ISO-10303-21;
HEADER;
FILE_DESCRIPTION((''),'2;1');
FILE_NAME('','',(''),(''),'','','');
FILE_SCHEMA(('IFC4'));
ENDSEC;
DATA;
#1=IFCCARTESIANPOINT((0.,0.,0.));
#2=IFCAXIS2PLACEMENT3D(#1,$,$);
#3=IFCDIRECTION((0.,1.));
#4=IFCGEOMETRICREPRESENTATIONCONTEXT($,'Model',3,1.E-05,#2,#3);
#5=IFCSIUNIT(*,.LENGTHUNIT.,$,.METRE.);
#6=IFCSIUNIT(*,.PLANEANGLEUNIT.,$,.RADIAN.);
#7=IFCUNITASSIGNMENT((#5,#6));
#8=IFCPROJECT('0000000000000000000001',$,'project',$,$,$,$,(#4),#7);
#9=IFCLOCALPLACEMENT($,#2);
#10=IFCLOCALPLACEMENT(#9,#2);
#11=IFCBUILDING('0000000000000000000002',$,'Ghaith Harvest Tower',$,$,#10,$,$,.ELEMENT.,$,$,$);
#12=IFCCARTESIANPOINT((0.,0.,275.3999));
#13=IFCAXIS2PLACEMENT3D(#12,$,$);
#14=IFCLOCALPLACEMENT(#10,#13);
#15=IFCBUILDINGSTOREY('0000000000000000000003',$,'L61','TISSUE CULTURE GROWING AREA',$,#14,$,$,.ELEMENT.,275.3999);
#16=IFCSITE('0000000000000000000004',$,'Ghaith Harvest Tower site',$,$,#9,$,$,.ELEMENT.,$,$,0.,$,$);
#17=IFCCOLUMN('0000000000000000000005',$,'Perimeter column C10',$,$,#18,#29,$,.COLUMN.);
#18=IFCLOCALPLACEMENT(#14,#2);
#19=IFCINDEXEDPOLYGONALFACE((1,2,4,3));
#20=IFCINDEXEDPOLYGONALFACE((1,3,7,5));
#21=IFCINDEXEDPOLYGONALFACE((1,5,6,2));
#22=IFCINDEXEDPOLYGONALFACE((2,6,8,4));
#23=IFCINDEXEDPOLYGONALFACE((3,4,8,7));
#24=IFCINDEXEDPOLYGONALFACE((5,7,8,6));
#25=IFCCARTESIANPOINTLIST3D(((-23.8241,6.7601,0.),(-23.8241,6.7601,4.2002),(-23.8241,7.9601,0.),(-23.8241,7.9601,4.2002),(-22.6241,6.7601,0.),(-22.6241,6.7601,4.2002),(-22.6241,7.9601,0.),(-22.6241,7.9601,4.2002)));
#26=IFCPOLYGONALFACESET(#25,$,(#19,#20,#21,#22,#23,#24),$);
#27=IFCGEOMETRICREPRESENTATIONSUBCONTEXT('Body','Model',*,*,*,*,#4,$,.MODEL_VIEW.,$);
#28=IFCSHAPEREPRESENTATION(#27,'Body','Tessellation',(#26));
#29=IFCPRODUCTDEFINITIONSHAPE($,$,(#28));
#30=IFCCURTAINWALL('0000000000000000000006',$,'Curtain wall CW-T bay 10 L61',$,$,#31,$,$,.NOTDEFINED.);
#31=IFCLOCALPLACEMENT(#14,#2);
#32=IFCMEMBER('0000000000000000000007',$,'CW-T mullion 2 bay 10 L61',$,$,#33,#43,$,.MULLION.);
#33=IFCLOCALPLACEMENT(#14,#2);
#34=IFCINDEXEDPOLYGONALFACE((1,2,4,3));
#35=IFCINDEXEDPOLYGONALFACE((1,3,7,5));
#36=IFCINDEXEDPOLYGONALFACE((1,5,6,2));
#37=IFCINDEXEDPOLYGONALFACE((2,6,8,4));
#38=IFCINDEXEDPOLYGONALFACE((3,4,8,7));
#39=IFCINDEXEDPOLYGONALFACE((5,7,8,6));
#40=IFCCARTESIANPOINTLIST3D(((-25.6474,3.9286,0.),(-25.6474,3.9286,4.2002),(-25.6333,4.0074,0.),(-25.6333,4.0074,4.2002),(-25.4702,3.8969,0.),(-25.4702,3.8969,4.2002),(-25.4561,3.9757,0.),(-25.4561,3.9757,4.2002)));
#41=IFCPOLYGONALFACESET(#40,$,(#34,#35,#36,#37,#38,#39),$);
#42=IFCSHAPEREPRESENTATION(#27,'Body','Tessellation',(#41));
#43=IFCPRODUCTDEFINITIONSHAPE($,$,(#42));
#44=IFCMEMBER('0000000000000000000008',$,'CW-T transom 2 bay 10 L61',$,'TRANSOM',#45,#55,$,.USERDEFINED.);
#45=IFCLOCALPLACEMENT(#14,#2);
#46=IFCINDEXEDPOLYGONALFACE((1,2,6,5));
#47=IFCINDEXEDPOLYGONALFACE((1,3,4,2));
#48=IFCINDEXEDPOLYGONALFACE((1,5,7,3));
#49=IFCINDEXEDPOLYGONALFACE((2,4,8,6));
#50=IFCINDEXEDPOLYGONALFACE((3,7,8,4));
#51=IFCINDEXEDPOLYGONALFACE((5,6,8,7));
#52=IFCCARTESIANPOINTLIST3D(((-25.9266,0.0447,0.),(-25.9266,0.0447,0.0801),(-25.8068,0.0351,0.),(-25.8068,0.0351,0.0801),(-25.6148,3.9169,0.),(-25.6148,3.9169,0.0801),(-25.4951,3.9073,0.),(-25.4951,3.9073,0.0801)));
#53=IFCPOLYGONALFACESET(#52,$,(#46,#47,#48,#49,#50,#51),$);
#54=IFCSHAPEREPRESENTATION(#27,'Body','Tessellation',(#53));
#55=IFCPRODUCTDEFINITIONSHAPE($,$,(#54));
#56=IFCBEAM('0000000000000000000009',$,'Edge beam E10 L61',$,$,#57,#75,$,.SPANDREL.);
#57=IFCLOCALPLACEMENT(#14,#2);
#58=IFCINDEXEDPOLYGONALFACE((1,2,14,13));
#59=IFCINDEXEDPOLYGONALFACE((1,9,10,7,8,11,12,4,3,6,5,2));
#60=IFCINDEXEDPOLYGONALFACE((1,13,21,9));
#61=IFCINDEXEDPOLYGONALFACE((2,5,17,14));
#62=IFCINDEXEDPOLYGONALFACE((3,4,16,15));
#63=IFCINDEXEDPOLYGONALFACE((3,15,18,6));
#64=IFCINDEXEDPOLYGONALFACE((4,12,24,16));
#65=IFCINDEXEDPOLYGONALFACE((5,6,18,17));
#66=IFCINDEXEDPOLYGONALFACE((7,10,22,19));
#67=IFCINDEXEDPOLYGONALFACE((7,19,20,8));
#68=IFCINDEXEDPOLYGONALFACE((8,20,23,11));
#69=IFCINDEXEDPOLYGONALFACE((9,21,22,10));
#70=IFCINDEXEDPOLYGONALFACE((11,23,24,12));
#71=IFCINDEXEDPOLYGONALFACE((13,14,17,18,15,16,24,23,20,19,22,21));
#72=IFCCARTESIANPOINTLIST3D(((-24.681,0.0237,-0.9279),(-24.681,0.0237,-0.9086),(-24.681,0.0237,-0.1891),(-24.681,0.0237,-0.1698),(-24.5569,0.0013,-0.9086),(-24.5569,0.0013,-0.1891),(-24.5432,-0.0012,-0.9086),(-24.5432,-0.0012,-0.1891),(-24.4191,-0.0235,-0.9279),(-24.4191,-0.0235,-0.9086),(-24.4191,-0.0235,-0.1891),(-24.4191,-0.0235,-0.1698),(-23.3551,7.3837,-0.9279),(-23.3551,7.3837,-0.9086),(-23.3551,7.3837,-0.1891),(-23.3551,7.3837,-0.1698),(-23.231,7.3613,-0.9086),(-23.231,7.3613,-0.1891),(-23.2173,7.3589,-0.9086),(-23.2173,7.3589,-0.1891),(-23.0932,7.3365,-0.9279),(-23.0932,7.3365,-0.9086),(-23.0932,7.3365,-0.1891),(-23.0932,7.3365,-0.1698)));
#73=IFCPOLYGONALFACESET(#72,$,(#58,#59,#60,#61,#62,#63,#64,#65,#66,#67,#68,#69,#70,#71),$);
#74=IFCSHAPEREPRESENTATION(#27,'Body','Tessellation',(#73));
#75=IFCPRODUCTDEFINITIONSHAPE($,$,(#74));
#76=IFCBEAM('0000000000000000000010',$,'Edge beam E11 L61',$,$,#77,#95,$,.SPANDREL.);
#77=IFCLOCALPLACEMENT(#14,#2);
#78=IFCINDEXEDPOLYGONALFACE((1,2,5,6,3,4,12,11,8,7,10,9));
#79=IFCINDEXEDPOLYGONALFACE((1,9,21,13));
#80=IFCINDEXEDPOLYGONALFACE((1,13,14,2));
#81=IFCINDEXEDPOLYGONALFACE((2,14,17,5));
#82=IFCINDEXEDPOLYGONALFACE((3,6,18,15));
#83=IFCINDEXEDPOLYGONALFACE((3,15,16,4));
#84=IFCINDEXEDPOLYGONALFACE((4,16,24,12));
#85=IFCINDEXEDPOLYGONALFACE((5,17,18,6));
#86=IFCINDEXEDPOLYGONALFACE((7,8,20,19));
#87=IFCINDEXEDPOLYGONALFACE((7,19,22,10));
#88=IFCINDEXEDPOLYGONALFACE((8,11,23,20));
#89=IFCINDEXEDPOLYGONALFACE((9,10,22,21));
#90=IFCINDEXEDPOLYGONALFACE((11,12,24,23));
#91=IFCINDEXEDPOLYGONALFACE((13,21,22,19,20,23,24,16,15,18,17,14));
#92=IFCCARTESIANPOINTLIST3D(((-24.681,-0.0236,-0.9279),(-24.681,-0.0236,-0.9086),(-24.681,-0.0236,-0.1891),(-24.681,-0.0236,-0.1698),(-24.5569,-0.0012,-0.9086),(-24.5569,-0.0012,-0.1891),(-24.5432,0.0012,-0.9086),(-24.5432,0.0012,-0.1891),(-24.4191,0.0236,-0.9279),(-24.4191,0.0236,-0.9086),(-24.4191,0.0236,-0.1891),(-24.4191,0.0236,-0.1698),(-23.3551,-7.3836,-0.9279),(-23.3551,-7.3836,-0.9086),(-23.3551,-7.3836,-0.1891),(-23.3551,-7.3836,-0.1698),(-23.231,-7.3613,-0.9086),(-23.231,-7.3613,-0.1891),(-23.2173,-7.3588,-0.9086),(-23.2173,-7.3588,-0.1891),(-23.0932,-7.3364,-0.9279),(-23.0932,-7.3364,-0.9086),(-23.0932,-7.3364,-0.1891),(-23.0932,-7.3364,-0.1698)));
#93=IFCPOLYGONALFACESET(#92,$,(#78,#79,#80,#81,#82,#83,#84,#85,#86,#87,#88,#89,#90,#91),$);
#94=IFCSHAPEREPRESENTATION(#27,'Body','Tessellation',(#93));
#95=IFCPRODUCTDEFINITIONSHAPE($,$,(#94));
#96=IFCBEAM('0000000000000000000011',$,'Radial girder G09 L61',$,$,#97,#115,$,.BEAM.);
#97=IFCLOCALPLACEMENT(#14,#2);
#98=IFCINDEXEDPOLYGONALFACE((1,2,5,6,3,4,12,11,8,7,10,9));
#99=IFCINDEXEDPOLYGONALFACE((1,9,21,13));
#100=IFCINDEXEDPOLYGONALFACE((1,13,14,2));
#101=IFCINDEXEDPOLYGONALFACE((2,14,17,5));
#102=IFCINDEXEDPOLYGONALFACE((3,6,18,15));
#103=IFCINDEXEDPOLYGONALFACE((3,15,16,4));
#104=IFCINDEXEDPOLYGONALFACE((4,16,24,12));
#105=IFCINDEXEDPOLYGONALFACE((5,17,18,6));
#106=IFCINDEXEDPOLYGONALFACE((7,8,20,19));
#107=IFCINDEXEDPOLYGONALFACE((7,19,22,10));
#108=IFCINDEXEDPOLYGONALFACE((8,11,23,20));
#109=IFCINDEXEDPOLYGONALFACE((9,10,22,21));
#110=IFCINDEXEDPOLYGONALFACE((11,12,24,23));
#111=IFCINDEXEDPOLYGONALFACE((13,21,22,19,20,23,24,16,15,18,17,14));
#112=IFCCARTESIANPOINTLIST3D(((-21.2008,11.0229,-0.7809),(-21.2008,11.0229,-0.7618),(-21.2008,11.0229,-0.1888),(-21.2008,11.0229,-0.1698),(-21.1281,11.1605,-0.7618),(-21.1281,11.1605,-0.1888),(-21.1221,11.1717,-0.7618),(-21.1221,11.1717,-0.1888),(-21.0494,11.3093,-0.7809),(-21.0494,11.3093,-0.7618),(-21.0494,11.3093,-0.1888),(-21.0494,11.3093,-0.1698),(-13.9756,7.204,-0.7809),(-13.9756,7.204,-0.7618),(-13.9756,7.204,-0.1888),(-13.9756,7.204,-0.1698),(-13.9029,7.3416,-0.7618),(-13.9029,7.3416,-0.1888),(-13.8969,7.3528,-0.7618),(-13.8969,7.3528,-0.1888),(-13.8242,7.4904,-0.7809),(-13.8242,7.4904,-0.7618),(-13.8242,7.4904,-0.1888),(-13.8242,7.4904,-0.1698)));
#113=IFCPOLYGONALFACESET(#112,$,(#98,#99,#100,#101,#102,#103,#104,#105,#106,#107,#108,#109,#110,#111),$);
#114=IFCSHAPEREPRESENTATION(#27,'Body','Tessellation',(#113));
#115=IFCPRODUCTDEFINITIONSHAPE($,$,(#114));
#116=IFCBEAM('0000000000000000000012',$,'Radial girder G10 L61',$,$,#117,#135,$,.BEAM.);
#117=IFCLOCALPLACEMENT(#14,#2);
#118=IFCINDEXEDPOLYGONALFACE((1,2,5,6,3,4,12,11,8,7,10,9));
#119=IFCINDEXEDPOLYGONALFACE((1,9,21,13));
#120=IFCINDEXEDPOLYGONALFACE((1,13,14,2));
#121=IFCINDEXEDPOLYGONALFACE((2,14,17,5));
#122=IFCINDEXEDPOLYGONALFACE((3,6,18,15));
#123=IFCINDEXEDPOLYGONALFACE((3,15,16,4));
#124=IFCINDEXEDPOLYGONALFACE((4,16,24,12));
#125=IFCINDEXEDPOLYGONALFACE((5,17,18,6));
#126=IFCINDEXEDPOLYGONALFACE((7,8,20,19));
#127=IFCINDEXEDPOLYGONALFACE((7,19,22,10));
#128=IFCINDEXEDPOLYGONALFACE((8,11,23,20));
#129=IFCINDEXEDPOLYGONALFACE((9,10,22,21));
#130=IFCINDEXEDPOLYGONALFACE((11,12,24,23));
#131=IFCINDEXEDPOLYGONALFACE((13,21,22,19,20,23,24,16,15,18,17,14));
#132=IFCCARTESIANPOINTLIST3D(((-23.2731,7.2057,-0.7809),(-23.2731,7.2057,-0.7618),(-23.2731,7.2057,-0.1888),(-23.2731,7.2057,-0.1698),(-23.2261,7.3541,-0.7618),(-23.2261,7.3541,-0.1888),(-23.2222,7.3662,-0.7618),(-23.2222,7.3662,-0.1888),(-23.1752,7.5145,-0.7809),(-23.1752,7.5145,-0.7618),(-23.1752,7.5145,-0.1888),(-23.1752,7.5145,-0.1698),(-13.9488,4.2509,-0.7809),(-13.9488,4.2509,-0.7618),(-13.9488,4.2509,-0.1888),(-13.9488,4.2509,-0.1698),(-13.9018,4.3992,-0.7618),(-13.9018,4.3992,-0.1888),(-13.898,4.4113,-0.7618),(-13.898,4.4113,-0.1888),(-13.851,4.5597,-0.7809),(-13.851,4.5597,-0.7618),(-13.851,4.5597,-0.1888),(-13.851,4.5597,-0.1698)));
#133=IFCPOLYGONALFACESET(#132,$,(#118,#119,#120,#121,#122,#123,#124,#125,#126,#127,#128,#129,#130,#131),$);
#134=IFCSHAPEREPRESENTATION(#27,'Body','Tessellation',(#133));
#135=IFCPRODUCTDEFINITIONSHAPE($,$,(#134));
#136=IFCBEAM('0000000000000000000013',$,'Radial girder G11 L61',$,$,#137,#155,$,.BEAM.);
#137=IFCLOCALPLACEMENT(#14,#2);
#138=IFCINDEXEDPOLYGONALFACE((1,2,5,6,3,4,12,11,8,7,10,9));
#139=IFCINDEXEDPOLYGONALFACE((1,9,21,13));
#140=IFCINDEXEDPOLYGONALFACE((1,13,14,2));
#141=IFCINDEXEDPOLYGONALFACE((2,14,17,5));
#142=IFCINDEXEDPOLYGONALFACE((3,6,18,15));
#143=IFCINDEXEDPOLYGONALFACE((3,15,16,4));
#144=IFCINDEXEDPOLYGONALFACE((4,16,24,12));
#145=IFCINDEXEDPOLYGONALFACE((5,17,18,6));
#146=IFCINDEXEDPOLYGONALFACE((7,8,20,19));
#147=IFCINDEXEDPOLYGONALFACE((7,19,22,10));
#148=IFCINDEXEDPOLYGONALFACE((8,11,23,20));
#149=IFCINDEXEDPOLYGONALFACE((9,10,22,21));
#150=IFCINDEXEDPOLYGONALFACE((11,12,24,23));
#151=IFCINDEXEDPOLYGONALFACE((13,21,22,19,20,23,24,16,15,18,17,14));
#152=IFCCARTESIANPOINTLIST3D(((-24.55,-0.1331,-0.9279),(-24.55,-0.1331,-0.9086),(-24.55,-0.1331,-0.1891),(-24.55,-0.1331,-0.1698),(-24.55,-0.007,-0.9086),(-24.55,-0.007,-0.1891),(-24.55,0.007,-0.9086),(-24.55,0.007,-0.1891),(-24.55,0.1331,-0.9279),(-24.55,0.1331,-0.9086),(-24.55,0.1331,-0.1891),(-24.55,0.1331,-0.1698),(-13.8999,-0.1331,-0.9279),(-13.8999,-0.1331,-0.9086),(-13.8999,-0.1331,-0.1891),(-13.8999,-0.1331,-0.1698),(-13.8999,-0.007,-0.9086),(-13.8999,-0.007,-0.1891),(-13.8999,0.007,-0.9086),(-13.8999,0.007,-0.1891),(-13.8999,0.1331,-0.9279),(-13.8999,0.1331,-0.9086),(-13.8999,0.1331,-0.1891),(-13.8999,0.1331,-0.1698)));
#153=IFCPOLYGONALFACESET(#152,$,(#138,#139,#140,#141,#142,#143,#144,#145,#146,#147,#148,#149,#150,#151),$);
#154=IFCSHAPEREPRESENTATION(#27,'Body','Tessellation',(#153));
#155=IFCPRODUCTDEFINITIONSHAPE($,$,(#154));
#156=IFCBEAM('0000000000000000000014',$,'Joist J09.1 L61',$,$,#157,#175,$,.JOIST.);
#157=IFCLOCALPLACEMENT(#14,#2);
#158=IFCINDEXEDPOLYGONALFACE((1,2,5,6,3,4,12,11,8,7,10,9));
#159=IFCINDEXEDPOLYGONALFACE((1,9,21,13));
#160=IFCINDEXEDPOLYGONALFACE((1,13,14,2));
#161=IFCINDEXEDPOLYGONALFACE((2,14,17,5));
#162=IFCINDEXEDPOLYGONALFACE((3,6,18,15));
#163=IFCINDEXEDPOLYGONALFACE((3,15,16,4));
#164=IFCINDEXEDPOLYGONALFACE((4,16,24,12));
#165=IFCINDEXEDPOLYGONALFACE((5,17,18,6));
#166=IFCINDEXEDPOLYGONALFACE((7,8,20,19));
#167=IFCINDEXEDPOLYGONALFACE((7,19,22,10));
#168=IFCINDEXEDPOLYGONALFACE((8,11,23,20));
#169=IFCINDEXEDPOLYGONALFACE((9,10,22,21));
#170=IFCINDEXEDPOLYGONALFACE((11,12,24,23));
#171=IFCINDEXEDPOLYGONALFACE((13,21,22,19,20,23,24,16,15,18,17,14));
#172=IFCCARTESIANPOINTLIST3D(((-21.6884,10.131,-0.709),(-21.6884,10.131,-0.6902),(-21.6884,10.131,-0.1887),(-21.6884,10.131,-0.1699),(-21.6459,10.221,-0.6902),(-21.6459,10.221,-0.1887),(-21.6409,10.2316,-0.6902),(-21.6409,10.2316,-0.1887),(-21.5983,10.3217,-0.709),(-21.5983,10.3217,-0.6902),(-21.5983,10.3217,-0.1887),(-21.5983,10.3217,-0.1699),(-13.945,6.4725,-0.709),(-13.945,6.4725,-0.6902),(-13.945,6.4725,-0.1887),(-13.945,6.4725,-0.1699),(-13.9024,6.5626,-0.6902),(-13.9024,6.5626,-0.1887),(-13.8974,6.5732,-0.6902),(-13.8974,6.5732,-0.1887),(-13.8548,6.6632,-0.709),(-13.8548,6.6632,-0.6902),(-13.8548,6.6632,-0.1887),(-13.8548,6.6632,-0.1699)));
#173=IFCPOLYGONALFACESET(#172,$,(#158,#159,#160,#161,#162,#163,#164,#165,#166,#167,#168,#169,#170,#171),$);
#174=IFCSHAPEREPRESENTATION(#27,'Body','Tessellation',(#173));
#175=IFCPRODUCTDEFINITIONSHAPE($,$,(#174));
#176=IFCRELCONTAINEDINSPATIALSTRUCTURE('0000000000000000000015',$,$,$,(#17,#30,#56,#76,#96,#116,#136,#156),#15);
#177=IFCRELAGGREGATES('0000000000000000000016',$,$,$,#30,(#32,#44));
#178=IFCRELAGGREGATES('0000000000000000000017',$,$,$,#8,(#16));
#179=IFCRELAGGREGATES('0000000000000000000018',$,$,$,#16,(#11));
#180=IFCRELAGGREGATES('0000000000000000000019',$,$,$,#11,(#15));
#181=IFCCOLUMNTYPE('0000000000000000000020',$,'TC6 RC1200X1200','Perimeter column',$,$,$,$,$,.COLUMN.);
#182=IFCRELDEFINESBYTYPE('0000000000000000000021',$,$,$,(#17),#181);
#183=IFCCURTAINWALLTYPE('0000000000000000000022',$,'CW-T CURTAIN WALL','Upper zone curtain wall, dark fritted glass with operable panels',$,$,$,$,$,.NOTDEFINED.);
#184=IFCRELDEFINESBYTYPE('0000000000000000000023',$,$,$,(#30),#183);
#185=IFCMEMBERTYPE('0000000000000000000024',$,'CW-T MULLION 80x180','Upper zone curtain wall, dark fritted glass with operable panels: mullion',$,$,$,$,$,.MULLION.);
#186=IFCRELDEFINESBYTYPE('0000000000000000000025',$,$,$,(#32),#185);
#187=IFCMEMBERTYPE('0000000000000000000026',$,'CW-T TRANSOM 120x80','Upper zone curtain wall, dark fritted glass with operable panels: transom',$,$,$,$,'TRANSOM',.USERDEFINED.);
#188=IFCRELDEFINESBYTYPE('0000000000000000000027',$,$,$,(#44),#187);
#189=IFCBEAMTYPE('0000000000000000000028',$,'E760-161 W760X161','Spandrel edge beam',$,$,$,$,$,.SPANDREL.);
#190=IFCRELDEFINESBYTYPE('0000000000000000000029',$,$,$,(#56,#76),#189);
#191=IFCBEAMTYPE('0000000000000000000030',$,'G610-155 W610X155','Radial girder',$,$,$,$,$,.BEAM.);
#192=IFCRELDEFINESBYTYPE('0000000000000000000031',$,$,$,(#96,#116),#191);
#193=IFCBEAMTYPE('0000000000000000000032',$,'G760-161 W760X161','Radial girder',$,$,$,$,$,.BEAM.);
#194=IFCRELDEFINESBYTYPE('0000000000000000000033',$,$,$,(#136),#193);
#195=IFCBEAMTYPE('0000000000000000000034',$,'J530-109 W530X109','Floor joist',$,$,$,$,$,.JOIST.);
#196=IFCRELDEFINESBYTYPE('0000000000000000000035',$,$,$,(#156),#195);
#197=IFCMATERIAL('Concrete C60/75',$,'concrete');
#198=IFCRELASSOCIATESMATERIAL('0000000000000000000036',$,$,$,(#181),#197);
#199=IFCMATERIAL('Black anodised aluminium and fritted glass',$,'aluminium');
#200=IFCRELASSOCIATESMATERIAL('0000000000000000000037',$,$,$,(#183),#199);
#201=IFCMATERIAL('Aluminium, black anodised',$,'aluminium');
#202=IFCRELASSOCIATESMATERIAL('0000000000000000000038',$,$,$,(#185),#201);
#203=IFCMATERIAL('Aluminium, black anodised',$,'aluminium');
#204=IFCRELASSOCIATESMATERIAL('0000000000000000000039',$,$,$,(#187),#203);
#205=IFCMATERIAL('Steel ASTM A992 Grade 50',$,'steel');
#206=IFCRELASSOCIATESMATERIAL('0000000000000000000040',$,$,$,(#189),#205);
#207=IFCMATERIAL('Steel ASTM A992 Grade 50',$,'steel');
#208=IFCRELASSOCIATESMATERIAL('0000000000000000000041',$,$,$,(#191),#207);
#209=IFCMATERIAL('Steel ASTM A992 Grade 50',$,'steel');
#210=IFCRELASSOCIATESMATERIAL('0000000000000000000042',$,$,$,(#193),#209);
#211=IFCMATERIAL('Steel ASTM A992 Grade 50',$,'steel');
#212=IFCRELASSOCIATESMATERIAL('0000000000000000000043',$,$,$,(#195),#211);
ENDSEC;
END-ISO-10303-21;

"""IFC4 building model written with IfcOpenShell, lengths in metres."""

from ifc_helpers import new_model, si_unit, direction, frame, origin, origin_2d, place, context, subcontext, project, spatial, rectangle, i_section, extrude, material, material_profile, profile_set, type_object, element, aggregate, save


model = new_model("IFC4")

# Units and contexts
model_context = context("Model", 3, precision=1e-05, world=origin(), true_north=direction((0.0, 1.0)))
body_context = subcontext(model_context, "Body", "Model", "MODEL_VIEW")
ifc_project = project(units=[si_unit("LENGTHUNIT", "METRE"), si_unit("PLANEANGLEUNIT", "RADIAN")], contexts=[model_context])

# Site, building, storey
site_placement = place(None, origin())
site = spatial("IfcSite", under=ifc_project, at=site_placement, Name="Ghaith Harvest Tower site", CompositionType="ELEMENT", RefElevation=0.0)
building_placement = place(site_placement, origin())
building = spatial("IfcBuilding", under=site, at=building_placement, Name="Ghaith Harvest Tower", CompositionType="ELEMENT")
storey_placement = place(building_placement, frame((0.0, 0.0, 275.3999)))
storey = spatial("IfcBuildingStorey", under=building, at=storey_placement, Name="L61", Description="TISSUE CULTURE GROWING AREA", CompositionType="ELEMENT", Elevation=275.3999)

# Column
ifc_material_1 = material(Name="Concrete C60/75", Category="concrete")
ifc_material_profile_1 = material_profile(ifc_material_1, rectangle(XDim=1.2, YDim=1.2, at=origin_2d()), Name="RC1200X1200")
ifc_profile_set_1 = profile_set([ifc_material_profile_1], Name="Concrete C60/75")
column_type = type_object("IfcColumnType", Name="TC6 RC1200X1200", Description="Perimeter column", PredefinedType="COLUMN", material=ifc_profile_set_1)
column_placement = place(storey_placement, frame((-23.2241, 7.3601, 0.0), z_axis=(0.0, 0.0, 1.0), x_axis=(1.0, 0.0, 0.0)))
element("IfcColumn", 1, at=column_placement, inside=storey, type_object=column_type, Name="Perimeter column C10", PredefinedType="COLUMN", context=body_context, shape_type="SweptSolid", body=[
    extrude(rectangle(XDim=1.2, YDim=1.2, at=origin_2d()), origin(), (0.0, 0.0, 1.0), 4.2002),
])

# Curtain wall, members
ifc_material_2 = material(Name="Black anodised aluminium and fritted glass", Category="aluminium")
curtain_wall_type = type_object("IfcCurtainWallType", Name="CW-T CURTAIN WALL", Description="Upper zone curtain wall, dark fritted glass with operable panels", PredefinedType="NOTDEFINED", material=ifc_material_2)
curtain_wall_placement = place(storey_placement, origin())
curtain_wall = element("IfcCurtainWall", 2, at=curtain_wall_placement, inside=storey, type_object=curtain_wall_type, Name="Curtain wall CW-T bay 10 L61", PredefinedType="NOTDEFINED")
ifc_material_3 = material(Name="Aluminium, black anodised", Category="aluminium")
ifc_material_profile_2 = material_profile(ifc_material_3, rectangle(XDim=0.0801, YDim=0.1799, at=origin_2d()), Name="CW-T MULLION 80x180")
ifc_profile_set_2 = profile_set([ifc_material_profile_2], Name="Aluminium, black anodised")
member_type_1 = type_object("IfcMemberType", Name="CW-T MULLION 80x180", Description="Upper zone curtain wall, dark fritted glass with operable panels: mullion", PredefinedType="MULLION", material=ifc_profile_set_2)
member_1_placement = place(storey_placement, frame((-25.5518, 3.9521, 0.0), z_axis=(0.0, 0.0, 1.0), x_axis=(-0.176001, -0.98439, 0.0)))
member_1 = element("IfcMember", 3, at=member_1_placement, type_object=member_type_1, Name="CW-T mullion 2 bay 10 L61", PredefinedType="MULLION", context=body_context, shape_type="SweptSolid", body=[
    extrude(rectangle(XDim=0.0801, YDim=0.1799, at=origin_2d()), origin(), (0.0, 0.0, 1.0), 4.2002),
])
ifc_material_4 = material(Name="Aluminium, black anodised", Category="aluminium")
ifc_material_profile_3 = material_profile(ifc_material_4, rectangle(XDim=0.1201, YDim=0.0801, at=origin_2d()), Name="CW-T TRANSOM 120x80")
ifc_profile_set_3 = profile_set([ifc_material_profile_3], Name="Aluminium, black anodised")
member_type_2 = type_object("IfcMemberType", Name="CW-T TRANSOM 120x80", Description="Upper zone curtain wall, dark fritted glass with operable panels: transom", ElementType="TRANSOM", PredefinedType="USERDEFINED", material=ifc_profile_set_3)
member_2_placement = place(storey_placement, frame((-25.5549, 3.9121, 0.04), z_axis=(-0.080252, -0.996775, 0.0), x_axis=(0.996775, -0.080252, 0.0)))
member_2 = element("IfcMember", 4, at=member_2_placement, type_object=member_type_2, Name="CW-T transom 2 bay 10 L61", ObjectType="TRANSOM", PredefinedType="USERDEFINED", context=body_context, shape_type="SweptSolid", body=[
    extrude(rectangle(XDim=0.1201, YDim=0.0801, at=origin_2d()), origin(), (0.0, 0.0, 1.0), 3.8848),
])

# Beams
ifc_material_5 = material(Name="Steel ASTM A992 Grade 50", Category="steel")
ifc_material_profile_4 = material_profile(ifc_material_5, i_section(OverallWidth=0.2661, OverallDepth=0.7581, WebThickness=0.0139, FlangeThickness=0.0193, at=origin_2d()), Name="W760X161")
ifc_profile_set_4 = profile_set([ifc_material_profile_4], Name="Steel ASTM A992 Grade 50")
beam_type_1 = type_object("IfcBeamType", Name="E760-161 W760X161", Description="Spandrel edge beam", PredefinedType="SPANDREL", material=ifc_profile_set_4)
for number, where, z_axis, x_axis, name in (
    (5, (-23.2241, 7.3601, -0.5488), (-0.177297, -0.984157, 0.0), (0.984157, -0.177297, 0.0), "Edge beam E10 L61"),
    (6, (-24.55, 0.0, -0.5488), (0.177297, -0.984157, 0.0), (0.984157, 0.177297, 0.0), "Edge beam E11 L61"),
):
    element("IfcBeam", number, at=place(storey_placement, frame(where, z_axis=z_axis, x_axis=x_axis)), inside=storey, type_object=beam_type_1, Name=name, PredefinedType="SPANDREL", context=body_context, shape_type="SweptSolid", body=[
        extrude(i_section(OverallWidth=0.2661, OverallDepth=0.7581, WebThickness=0.0139, FlangeThickness=0.0193, at=origin_2d()), origin(), (0.0, 0.0, 1.0), 7.4785),
    ])
ifc_material_6 = material(Name="Steel ASTM A992 Grade 50", Category="steel")
ifc_material_profile_5 = material_profile(ifc_material_6, i_section(OverallWidth=0.324, OverallDepth=0.6111, WebThickness=0.0127, FlangeThickness=0.019, at=origin_2d()), Name="W610X155")
ifc_profile_set_5 = profile_set([ifc_material_profile_5], Name="Steel ASTM A992 Grade 50")
beam_type_2 = type_object("IfcBeamType", Name="G610-155 W610X155", Description="Radial girder", PredefinedType="BEAM", material=ifc_profile_set_5)
beam_1_placement = place(storey_placement, frame((-13.8999, 7.3472, -0.4753), z_axis=(-0.884102, 0.467295, 0.0), x_axis=(-0.467295, -0.884102, 0.0)))
element("IfcBeam", 7, at=beam_1_placement, inside=storey, type_object=beam_type_2, Name="Radial girder G09 L61", PredefinedType="BEAM", context=body_context, shape_type="SweptSolid", body=[
    extrude(i_section(OverallWidth=0.324, OverallDepth=0.6111, WebThickness=0.0127, FlangeThickness=0.019, at=origin_2d()), origin(), (0.0, 0.0, 1.0), 8.1724),
])
beam_2_placement = place(storey_placement, frame((-13.8999, 4.4053, -0.4753), z_axis=(-0.953279, 0.302093, 0.0), x_axis=(-0.302093, -0.953279, 0.0)))
element("IfcBeam", 8, at=beam_2_placement, inside=storey, type_object=beam_type_2, Name="Radial girder G10 L61", PredefinedType="BEAM", context=body_context, shape_type="SweptSolid", body=[
    extrude(i_section(OverallWidth=0.324, OverallDepth=0.6111, WebThickness=0.0127, FlangeThickness=0.019, at=origin_2d()), origin(), (0.0, 0.0, 1.0), 9.7812),
])
ifc_material_7 = material(Name="Steel ASTM A992 Grade 50", Category="steel")
ifc_material_profile_6 = material_profile(ifc_material_7, i_section(OverallWidth=0.2661, OverallDepth=0.7581, WebThickness=0.0139, FlangeThickness=0.0193, at=origin_2d()), Name="W760X161")
ifc_profile_set_6 = profile_set([ifc_material_profile_6], Name="Steel ASTM A992 Grade 50")
beam_type_3 = type_object("IfcBeamType", Name="G760-161 W760X161", Description="Radial girder", PredefinedType="BEAM", material=ifc_profile_set_6)
beam_3_placement = place(storey_placement, frame((-13.8999, 0.0, -0.5488), z_axis=(-1.0, 0.0, 0.0), x_axis=(0.0, -1.0, 0.0)))
element("IfcBeam", 9, at=beam_3_placement, inside=storey, type_object=beam_type_3, Name="Radial girder G11 L61", PredefinedType="BEAM", context=body_context, shape_type="SweptSolid", body=[
    extrude(i_section(OverallWidth=0.2661, OverallDepth=0.7581, WebThickness=0.0139, FlangeThickness=0.0193, at=origin_2d()), origin(), (0.0, 0.0, 1.0), 10.6501),
])
ifc_material_8 = material(Name="Steel ASTM A992 Grade 50", Category="steel")
ifc_material_profile_7 = material_profile(ifc_material_8, i_section(OverallWidth=0.2109, OverallDepth=0.5391, WebThickness=0.0117, FlangeThickness=0.0188, at=origin_2d()), Name="W530X109")
ifc_profile_set_7 = profile_set([ifc_material_profile_7], Name="Steel ASTM A992 Grade 50")
beam_type_4 = type_object("IfcBeamType", Name="J530-109 W530X109", Description="Floor joist", PredefinedType="JOIST", material=ifc_profile_set_7)
beam_4_placement = place(storey_placement, frame((-13.8999, 6.5679, -0.4395), z_axis=(-0.904166, 0.427182, 0.0), x_axis=(-0.427182, -0.904166, 0.0)))
element("IfcBeam", 10, at=beam_4_placement, inside=storey, type_object=beam_type_4, Name="Joist J09.1 L61", PredefinedType="JOIST", context=body_context, shape_type="SweptSolid", body=[
    extrude(i_section(OverallWidth=0.2109, OverallDepth=0.5391, WebThickness=0.0117, FlangeThickness=0.0188, at=origin_2d()), origin(), (0.0, 0.0, 1.0), 8.5642),
])

aggregate(curtain_wall, [member_1, member_2])

save(model, "model.ifc")
